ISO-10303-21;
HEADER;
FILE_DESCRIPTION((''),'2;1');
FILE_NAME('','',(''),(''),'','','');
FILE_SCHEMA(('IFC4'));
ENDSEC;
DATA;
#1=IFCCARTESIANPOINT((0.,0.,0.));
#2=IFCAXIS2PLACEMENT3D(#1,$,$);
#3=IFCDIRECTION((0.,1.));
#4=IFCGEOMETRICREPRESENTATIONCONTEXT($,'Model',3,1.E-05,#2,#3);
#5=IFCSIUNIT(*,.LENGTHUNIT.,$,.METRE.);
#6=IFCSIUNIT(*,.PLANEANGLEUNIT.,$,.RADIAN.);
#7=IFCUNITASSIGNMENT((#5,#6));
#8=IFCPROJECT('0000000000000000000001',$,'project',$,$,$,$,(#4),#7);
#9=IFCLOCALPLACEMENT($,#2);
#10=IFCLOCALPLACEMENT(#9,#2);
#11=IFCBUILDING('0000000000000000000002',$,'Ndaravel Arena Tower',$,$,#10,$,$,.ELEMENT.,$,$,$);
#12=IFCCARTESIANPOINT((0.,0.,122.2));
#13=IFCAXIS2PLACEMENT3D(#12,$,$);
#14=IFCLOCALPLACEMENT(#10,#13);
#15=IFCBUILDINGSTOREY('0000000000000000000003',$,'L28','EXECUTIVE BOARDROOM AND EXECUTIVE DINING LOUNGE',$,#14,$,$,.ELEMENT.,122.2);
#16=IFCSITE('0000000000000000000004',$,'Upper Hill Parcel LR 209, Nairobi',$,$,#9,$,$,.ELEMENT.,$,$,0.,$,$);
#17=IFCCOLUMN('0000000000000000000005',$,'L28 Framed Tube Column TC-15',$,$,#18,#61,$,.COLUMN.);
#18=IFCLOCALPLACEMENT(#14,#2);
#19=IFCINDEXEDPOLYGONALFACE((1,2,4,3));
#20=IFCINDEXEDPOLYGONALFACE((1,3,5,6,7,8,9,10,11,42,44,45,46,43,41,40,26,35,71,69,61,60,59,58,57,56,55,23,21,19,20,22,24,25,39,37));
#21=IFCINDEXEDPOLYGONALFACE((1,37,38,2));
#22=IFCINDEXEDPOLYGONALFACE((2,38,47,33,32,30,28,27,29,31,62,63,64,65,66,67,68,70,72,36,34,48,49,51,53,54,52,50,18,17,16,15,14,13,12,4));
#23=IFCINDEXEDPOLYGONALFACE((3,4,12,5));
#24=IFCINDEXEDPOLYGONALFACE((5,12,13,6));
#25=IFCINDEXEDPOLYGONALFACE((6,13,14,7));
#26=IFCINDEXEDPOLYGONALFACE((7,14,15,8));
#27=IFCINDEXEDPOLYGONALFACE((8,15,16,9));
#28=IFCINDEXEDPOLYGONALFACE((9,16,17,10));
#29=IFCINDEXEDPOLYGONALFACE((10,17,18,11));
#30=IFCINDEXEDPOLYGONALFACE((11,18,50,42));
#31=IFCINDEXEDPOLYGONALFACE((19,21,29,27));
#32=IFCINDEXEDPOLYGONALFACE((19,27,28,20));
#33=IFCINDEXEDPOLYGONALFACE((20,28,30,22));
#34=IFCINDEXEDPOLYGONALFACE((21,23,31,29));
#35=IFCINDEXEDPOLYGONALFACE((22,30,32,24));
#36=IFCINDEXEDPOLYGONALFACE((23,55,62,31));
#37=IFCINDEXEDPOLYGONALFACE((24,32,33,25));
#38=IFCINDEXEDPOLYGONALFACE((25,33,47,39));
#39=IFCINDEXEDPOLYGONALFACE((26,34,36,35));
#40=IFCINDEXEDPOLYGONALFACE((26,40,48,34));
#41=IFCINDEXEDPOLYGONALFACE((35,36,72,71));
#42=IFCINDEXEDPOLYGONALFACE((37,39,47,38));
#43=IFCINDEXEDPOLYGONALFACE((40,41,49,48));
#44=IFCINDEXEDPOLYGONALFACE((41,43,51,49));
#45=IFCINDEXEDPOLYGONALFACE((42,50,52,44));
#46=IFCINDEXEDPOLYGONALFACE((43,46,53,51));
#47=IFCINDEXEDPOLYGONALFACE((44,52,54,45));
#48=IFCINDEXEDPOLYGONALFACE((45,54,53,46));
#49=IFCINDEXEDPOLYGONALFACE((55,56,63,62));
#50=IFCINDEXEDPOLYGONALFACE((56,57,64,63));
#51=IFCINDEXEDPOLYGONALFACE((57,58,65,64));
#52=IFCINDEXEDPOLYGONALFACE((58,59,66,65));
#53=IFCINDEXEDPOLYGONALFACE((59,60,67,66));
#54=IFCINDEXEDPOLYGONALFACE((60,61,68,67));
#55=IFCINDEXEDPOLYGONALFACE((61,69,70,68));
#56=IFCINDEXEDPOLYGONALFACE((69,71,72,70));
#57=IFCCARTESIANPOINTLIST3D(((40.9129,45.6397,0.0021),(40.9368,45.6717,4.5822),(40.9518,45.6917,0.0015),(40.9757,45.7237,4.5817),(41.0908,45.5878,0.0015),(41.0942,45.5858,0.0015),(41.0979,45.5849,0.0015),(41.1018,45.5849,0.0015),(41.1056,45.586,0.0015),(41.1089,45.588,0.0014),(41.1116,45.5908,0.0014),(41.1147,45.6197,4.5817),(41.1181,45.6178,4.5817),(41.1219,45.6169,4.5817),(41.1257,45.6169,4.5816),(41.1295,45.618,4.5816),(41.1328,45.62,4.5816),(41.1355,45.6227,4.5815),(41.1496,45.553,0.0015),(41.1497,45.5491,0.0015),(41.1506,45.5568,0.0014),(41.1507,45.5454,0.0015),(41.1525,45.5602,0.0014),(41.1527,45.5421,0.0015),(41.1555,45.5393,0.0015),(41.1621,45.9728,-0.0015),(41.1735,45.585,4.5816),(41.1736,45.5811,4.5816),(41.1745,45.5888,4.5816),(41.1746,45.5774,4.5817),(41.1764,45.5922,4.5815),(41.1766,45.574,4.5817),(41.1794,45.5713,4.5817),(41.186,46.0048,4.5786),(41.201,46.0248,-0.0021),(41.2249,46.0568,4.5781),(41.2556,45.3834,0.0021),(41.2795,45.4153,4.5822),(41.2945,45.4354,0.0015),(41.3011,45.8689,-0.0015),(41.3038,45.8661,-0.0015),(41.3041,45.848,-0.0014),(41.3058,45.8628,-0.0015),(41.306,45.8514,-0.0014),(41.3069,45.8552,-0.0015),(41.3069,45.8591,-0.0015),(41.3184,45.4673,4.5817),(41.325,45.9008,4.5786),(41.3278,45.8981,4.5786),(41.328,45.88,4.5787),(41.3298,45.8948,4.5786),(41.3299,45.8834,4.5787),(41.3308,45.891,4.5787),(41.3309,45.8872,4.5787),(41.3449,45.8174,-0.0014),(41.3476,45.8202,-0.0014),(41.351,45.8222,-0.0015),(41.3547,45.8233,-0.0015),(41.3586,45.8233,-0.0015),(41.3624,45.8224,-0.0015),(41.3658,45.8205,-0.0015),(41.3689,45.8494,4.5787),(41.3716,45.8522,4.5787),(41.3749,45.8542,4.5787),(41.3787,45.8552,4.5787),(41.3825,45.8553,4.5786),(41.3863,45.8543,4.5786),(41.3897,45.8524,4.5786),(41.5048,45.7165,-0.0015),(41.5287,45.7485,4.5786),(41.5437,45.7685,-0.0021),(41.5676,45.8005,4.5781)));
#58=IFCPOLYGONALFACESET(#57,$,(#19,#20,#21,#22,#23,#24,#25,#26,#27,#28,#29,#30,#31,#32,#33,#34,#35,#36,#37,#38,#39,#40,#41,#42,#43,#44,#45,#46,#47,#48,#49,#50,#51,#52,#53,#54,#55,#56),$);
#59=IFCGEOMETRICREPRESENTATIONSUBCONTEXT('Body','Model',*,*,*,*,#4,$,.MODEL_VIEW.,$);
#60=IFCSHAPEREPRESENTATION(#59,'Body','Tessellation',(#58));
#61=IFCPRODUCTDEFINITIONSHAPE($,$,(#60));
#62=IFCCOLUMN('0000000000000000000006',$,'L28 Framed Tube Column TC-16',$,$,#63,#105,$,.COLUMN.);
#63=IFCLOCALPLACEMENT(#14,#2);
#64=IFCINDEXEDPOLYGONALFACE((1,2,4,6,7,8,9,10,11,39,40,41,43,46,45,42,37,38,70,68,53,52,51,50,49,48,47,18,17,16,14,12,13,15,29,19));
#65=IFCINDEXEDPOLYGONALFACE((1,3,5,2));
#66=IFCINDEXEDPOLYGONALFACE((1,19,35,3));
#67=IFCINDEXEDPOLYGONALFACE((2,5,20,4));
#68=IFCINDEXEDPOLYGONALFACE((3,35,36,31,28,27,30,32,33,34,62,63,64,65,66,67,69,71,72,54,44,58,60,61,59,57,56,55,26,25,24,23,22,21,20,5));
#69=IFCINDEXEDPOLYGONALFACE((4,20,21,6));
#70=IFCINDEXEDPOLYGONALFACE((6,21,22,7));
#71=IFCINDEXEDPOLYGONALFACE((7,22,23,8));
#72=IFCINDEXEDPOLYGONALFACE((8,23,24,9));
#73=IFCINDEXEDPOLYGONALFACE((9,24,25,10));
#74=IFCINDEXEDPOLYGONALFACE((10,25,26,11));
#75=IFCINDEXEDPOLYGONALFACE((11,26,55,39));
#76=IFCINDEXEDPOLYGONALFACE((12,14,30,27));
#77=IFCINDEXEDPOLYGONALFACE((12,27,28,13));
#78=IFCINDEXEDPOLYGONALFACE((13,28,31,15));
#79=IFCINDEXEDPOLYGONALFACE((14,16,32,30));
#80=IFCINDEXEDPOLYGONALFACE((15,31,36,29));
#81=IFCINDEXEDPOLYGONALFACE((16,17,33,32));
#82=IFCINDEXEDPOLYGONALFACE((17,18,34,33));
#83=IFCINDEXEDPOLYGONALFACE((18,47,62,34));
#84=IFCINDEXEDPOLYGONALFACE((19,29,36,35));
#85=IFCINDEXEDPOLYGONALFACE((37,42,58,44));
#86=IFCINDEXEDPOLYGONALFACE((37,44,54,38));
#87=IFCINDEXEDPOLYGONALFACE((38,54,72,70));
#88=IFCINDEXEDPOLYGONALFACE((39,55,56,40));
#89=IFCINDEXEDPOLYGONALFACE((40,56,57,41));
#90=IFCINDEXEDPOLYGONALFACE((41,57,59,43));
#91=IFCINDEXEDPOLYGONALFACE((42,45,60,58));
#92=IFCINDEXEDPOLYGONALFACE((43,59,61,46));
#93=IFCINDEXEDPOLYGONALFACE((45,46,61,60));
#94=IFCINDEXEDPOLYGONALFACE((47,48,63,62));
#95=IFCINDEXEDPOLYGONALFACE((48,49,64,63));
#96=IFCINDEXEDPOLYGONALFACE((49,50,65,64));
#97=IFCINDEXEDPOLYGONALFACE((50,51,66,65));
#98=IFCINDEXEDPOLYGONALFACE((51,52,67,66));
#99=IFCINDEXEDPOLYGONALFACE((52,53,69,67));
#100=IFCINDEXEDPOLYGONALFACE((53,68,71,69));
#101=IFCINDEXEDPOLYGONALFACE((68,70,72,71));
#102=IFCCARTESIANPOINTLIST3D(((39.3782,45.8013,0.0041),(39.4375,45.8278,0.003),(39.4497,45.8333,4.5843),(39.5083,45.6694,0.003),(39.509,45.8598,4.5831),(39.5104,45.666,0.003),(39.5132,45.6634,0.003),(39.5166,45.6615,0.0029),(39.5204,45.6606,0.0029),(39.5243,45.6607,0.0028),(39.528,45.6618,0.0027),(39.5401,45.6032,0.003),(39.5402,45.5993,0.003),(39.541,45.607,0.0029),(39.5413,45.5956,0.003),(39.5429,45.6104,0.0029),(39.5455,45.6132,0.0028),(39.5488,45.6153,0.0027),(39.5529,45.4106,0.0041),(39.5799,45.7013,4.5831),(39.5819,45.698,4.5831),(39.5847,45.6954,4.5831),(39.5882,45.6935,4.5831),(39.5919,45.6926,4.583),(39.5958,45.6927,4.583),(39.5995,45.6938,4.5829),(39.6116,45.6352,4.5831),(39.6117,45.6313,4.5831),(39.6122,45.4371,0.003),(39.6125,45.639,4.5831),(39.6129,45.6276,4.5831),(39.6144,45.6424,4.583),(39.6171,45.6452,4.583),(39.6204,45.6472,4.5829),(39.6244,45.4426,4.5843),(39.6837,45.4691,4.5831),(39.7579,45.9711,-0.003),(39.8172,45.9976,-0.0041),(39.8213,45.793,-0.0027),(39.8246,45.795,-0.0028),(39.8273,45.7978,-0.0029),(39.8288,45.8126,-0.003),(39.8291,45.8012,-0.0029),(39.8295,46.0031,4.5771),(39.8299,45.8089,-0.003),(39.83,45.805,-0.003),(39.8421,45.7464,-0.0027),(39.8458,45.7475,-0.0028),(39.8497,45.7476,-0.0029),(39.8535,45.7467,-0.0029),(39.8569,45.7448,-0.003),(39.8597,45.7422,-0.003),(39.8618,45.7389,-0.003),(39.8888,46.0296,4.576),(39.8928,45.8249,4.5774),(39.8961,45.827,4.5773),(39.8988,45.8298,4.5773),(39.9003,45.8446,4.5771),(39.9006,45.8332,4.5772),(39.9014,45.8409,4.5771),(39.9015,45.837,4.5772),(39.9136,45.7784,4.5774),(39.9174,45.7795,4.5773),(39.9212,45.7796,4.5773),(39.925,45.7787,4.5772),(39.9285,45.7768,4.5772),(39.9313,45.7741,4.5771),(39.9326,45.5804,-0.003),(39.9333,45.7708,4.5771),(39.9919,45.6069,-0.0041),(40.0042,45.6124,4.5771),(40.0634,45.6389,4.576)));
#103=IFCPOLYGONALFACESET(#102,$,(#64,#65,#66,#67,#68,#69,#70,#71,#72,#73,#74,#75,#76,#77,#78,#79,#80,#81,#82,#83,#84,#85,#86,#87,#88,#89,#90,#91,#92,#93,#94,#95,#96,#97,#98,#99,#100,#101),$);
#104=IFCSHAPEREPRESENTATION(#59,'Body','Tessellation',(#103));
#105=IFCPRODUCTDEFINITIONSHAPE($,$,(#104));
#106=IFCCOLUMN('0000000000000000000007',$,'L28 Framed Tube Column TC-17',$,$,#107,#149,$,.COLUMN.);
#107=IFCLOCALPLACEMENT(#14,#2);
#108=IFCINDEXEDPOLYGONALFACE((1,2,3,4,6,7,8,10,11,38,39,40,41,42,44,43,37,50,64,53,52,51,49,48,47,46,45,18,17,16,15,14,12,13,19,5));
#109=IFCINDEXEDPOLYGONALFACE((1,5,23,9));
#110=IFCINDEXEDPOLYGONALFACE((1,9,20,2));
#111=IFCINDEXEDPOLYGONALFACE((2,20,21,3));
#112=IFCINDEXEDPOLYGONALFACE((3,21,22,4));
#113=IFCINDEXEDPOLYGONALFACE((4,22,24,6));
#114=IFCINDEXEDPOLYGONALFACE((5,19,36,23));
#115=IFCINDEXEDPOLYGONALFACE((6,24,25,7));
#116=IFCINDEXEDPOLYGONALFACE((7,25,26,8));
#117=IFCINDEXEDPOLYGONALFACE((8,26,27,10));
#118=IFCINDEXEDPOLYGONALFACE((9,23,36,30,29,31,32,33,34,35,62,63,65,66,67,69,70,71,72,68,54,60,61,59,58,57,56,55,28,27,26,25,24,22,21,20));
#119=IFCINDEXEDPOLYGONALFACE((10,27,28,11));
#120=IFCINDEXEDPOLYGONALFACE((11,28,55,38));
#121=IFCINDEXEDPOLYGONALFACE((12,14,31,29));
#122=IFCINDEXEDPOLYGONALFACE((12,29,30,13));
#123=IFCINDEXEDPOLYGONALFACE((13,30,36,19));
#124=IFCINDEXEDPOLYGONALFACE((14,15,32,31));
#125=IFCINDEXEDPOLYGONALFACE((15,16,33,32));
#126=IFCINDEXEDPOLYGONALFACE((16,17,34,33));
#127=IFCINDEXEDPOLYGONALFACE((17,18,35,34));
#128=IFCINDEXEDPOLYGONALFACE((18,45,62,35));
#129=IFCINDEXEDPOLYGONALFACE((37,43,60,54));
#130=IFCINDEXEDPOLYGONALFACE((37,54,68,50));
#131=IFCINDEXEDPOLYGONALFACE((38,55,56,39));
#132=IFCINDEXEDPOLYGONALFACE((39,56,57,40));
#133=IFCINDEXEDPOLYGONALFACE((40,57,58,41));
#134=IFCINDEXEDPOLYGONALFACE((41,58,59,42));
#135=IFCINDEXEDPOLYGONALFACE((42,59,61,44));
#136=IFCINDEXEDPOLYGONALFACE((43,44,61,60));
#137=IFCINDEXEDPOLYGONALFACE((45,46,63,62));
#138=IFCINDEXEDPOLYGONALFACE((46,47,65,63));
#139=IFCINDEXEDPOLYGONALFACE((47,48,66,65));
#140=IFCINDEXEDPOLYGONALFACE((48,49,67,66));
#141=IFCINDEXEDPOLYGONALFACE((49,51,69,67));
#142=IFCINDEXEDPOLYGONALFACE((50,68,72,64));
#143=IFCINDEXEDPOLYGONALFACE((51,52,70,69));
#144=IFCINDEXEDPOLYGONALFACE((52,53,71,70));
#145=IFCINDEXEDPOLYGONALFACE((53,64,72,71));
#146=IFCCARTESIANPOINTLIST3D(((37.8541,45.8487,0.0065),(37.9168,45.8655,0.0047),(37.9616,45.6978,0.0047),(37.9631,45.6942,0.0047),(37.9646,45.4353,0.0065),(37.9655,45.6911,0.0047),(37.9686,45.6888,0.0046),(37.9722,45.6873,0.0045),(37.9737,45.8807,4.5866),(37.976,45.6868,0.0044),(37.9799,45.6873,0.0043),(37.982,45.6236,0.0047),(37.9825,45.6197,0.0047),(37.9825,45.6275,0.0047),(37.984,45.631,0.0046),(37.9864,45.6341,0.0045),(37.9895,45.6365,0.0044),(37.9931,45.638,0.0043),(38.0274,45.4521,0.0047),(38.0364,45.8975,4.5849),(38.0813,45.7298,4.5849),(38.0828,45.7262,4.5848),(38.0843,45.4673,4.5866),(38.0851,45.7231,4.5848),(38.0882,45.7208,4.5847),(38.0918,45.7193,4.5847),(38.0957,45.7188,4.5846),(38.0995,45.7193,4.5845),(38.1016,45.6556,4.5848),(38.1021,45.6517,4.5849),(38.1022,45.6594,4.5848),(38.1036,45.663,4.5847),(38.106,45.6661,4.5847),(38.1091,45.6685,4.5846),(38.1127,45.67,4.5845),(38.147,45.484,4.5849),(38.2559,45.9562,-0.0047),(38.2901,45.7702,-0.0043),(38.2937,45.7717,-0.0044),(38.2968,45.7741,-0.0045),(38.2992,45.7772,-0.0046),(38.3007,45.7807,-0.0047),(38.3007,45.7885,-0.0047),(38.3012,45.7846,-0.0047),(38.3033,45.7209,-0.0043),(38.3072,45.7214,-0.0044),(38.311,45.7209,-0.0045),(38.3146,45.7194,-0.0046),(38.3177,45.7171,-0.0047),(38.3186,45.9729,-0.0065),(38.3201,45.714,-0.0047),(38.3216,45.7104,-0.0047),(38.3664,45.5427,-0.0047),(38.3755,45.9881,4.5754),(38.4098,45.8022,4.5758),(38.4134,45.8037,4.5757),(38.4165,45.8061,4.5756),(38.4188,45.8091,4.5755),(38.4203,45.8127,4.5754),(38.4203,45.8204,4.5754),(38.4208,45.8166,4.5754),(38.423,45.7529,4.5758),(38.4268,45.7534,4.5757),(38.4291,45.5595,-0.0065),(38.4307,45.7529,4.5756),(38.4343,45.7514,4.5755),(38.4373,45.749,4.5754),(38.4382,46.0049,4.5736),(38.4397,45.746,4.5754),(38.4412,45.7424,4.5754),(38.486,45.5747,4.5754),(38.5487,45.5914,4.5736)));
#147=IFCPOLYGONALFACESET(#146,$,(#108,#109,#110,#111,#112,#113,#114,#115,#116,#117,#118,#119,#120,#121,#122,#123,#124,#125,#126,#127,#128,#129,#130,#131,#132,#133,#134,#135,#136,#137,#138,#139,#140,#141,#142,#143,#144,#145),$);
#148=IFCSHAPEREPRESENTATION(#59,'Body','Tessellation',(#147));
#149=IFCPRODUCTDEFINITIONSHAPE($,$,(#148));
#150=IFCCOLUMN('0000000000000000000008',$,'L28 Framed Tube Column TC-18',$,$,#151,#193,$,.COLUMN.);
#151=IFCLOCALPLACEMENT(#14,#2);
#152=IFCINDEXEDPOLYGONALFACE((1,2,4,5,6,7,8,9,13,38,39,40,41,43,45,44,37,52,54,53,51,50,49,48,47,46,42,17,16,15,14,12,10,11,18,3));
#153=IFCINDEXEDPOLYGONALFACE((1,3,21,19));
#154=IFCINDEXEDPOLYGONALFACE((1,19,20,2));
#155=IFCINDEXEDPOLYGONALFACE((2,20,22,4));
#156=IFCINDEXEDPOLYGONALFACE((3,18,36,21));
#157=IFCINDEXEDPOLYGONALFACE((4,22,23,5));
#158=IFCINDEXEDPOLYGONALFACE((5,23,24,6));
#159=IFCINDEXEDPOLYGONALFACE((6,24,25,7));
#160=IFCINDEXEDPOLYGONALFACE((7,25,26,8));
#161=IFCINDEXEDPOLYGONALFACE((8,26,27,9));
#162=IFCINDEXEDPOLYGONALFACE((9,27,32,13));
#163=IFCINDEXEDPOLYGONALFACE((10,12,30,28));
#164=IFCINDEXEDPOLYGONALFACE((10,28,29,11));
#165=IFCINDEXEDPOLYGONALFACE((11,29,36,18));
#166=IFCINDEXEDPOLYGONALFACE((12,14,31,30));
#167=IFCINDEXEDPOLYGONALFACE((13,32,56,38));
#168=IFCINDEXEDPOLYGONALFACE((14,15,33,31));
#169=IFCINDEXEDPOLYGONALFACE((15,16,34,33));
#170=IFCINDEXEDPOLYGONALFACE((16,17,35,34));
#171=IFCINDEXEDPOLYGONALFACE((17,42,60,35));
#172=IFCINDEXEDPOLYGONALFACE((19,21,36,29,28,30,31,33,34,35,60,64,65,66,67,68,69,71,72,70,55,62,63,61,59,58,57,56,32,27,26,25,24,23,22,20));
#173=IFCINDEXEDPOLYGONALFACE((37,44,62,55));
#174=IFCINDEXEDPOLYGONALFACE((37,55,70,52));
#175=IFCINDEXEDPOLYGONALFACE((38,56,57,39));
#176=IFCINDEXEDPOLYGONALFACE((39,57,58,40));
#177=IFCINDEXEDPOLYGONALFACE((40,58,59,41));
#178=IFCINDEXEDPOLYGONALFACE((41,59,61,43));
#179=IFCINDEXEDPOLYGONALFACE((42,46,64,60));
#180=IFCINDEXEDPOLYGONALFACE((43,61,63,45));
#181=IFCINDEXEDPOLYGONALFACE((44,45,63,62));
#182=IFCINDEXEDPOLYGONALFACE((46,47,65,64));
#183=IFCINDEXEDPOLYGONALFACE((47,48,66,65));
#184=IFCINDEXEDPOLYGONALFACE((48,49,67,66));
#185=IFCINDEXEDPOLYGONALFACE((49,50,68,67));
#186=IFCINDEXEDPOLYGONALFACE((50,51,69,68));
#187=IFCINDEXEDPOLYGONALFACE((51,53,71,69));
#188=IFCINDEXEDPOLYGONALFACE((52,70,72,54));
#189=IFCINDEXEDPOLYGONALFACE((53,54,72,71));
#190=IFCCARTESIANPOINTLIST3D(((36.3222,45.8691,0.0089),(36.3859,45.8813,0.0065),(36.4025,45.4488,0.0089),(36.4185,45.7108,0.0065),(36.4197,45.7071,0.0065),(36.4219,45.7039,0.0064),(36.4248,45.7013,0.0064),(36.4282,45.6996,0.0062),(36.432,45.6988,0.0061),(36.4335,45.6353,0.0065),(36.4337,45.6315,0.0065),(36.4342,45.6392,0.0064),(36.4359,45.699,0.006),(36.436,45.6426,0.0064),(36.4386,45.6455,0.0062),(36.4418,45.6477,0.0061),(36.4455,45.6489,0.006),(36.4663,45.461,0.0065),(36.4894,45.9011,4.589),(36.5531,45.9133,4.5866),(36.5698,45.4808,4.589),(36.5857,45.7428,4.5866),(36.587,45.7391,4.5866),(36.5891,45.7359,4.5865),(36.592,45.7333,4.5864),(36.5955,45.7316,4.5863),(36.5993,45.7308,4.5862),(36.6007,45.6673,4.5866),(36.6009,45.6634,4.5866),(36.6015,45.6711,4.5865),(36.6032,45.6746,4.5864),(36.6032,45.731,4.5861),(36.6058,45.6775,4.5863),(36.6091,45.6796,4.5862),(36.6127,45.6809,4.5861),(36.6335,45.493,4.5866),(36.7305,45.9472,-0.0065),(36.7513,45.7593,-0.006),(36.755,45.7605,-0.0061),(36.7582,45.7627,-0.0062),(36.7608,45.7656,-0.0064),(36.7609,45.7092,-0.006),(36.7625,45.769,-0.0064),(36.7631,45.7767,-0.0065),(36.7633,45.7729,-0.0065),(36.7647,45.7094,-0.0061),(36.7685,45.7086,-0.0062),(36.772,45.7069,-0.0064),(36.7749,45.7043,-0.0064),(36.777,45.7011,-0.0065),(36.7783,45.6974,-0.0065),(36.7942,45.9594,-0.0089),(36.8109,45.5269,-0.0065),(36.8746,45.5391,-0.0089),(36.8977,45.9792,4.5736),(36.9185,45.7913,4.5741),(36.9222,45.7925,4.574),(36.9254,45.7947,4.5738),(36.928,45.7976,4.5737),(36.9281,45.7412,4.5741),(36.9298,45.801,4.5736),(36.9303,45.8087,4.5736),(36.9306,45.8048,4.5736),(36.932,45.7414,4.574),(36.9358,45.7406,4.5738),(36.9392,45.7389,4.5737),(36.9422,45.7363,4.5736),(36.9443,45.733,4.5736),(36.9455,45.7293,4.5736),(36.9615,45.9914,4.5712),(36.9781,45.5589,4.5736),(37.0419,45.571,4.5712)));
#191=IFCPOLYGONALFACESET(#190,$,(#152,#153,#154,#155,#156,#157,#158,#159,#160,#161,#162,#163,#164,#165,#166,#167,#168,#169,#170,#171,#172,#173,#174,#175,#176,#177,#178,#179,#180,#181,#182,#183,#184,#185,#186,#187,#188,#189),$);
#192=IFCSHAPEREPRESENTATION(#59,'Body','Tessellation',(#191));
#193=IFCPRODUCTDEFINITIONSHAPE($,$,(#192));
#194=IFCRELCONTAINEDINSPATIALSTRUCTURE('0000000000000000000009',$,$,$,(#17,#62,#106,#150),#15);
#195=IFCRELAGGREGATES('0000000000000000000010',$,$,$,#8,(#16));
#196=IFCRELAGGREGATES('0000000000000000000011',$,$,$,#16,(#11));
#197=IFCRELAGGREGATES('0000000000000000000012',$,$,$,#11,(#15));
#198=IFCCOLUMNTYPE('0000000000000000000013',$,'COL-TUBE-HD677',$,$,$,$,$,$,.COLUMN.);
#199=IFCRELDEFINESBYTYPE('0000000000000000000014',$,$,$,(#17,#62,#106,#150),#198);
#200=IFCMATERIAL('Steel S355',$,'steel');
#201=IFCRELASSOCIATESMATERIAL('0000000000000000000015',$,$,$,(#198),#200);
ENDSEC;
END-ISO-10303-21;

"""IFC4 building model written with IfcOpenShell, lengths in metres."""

from ifc_helpers import new_model, si_unit, direction, frame, origin, origin_2d, place, context, subcontext, project, spatial, i_section, extrude, material, material_profile, profile_set, type_object, element, save


model = new_model("IFC4")

# Units and contexts
model_context = context("Model", 3, precision=1e-05, world=origin(), true_north=direction((0.0, 1.0)))
body_context = subcontext(model_context, "Body", "Model", "MODEL_VIEW")
ifc_project = project(units=[si_unit("LENGTHUNIT", "METRE"), si_unit("PLANEANGLEUNIT", "RADIAN")], contexts=[model_context])

# Site, building, storey
site_placement = place(None, origin())
site = spatial("IfcSite", under=ifc_project, at=site_placement, Name="Upper Hill Parcel LR 209, Nairobi", CompositionType="ELEMENT", RefElevation=0.0)
building_placement = place(site_placement, origin())
building = spatial("IfcBuilding", under=site, at=building_placement, Name="Ndaravel Arena Tower", CompositionType="ELEMENT")
storey_placement = place(building_placement, frame((0.0, 0.0, 122.2)))
storey = spatial("IfcBuildingStorey", under=building, at=storey_placement, Name="L28", Description="EXECUTIVE BOARDROOM AND EXECUTIVE DINING LOUNGE", CompositionType="ELEMENT", Elevation=122.2)

# Columns
ifc_material_1 = material(Name="Steel S355", Category="steel")
ifc_material_profile_1 = material_profile(ifc_material_1, i_section(OverallWidth=0.428, OverallDepth=0.481, WebThickness=0.051, FlangeThickness=0.0649, FilletRadius=0.0149, at=origin_2d()), Name="HD 400x677")
ifc_profile_set_1 = profile_set([ifc_material_profile_1], Name="Steel S355")
column_type = type_object("IfcColumnType", Name="COL-TUBE-HD677", PredefinedType="COLUMN", material=ifc_profile_set_1)
column_1_placement = place(storey_placement, frame((41.2283, 45.7041, 0.0), z_axis=(0.005224, 0.006983, 0.999962), x_axis=(-0.800733, 0.599022, 0.0)))
element("IfcColumn", 1, at=column_1_placement, inside=storey, type_object=column_type, Name="L28 Framed Tube Column TC-15", PredefinedType="COLUMN", context=body_context, shape_type="SweptSolid", body=[
    extrude(i_section(OverallWidth=0.428, OverallDepth=0.481, WebThickness=0.051, FlangeThickness=0.0649, FilletRadius=0.0149, at=origin_2d()), origin(), (0.0, 0.0, 1.0), 4.5803),
])
column_2_placement = place(storey_placement, frame((39.6851, 45.7041, 0.0), z_axis=(0.015616, 0.006982, 0.999854), x_axis=(-0.408161, 0.91291, 0.0)))
element("IfcColumn", 2, at=column_2_placement, inside=storey, type_object=column_type, Name="L28 Framed Tube Column TC-16", PredefinedType="COLUMN", context=body_context, shape_type="SweptSolid", body=[
    extrude(i_section(OverallWidth=0.428, OverallDepth=0.481, WebThickness=0.051, FlangeThickness=0.0649, FilletRadius=0.0149, at=origin_2d()), origin(), (0.0, 0.0, 1.0), 4.5808),
])
column_3_placement = place(storey_placement, frame((38.1416, 45.7041, 0.0), z_axis=(0.02611, 0.00698, 0.999635), x_axis=(-0.258276, 0.966071, 0.0)))
element("IfcColumn", 3, at=column_3_placement, inside=storey, type_object=column_type, Name="L28 Framed Tube Column TC-17", PredefinedType="COLUMN", context=body_context, shape_type="SweptSolid", body=[
    extrude(i_section(OverallWidth=0.428, OverallDepth=0.481, WebThickness=0.051, FlangeThickness=0.0649, FilletRadius=0.0149, at=origin_2d()), origin(), (0.0, 0.0, 1.0), 4.5818),
])
column_4_placement = place(storey_placement, frame((36.5984, 45.7041, 0.0), z_axis=(0.036489, 0.006978, 0.99931), x_axis=(-0.187837, 0.9822, 0.0)))
element("IfcColumn", 4, at=column_4_placement, inside=storey, type_object=column_type, Name="L28 Framed Tube Column TC-18", PredefinedType="COLUMN", context=body_context, shape_type="SweptSolid", body=[
    extrude(i_section(OverallWidth=0.428, OverallDepth=0.481, WebThickness=0.051, FlangeThickness=0.0649, FilletRadius=0.0149, at=origin_2d()), origin(), (0.0, 0.0, 1.0), 4.5833),
])

save(model, "model.ifc")
